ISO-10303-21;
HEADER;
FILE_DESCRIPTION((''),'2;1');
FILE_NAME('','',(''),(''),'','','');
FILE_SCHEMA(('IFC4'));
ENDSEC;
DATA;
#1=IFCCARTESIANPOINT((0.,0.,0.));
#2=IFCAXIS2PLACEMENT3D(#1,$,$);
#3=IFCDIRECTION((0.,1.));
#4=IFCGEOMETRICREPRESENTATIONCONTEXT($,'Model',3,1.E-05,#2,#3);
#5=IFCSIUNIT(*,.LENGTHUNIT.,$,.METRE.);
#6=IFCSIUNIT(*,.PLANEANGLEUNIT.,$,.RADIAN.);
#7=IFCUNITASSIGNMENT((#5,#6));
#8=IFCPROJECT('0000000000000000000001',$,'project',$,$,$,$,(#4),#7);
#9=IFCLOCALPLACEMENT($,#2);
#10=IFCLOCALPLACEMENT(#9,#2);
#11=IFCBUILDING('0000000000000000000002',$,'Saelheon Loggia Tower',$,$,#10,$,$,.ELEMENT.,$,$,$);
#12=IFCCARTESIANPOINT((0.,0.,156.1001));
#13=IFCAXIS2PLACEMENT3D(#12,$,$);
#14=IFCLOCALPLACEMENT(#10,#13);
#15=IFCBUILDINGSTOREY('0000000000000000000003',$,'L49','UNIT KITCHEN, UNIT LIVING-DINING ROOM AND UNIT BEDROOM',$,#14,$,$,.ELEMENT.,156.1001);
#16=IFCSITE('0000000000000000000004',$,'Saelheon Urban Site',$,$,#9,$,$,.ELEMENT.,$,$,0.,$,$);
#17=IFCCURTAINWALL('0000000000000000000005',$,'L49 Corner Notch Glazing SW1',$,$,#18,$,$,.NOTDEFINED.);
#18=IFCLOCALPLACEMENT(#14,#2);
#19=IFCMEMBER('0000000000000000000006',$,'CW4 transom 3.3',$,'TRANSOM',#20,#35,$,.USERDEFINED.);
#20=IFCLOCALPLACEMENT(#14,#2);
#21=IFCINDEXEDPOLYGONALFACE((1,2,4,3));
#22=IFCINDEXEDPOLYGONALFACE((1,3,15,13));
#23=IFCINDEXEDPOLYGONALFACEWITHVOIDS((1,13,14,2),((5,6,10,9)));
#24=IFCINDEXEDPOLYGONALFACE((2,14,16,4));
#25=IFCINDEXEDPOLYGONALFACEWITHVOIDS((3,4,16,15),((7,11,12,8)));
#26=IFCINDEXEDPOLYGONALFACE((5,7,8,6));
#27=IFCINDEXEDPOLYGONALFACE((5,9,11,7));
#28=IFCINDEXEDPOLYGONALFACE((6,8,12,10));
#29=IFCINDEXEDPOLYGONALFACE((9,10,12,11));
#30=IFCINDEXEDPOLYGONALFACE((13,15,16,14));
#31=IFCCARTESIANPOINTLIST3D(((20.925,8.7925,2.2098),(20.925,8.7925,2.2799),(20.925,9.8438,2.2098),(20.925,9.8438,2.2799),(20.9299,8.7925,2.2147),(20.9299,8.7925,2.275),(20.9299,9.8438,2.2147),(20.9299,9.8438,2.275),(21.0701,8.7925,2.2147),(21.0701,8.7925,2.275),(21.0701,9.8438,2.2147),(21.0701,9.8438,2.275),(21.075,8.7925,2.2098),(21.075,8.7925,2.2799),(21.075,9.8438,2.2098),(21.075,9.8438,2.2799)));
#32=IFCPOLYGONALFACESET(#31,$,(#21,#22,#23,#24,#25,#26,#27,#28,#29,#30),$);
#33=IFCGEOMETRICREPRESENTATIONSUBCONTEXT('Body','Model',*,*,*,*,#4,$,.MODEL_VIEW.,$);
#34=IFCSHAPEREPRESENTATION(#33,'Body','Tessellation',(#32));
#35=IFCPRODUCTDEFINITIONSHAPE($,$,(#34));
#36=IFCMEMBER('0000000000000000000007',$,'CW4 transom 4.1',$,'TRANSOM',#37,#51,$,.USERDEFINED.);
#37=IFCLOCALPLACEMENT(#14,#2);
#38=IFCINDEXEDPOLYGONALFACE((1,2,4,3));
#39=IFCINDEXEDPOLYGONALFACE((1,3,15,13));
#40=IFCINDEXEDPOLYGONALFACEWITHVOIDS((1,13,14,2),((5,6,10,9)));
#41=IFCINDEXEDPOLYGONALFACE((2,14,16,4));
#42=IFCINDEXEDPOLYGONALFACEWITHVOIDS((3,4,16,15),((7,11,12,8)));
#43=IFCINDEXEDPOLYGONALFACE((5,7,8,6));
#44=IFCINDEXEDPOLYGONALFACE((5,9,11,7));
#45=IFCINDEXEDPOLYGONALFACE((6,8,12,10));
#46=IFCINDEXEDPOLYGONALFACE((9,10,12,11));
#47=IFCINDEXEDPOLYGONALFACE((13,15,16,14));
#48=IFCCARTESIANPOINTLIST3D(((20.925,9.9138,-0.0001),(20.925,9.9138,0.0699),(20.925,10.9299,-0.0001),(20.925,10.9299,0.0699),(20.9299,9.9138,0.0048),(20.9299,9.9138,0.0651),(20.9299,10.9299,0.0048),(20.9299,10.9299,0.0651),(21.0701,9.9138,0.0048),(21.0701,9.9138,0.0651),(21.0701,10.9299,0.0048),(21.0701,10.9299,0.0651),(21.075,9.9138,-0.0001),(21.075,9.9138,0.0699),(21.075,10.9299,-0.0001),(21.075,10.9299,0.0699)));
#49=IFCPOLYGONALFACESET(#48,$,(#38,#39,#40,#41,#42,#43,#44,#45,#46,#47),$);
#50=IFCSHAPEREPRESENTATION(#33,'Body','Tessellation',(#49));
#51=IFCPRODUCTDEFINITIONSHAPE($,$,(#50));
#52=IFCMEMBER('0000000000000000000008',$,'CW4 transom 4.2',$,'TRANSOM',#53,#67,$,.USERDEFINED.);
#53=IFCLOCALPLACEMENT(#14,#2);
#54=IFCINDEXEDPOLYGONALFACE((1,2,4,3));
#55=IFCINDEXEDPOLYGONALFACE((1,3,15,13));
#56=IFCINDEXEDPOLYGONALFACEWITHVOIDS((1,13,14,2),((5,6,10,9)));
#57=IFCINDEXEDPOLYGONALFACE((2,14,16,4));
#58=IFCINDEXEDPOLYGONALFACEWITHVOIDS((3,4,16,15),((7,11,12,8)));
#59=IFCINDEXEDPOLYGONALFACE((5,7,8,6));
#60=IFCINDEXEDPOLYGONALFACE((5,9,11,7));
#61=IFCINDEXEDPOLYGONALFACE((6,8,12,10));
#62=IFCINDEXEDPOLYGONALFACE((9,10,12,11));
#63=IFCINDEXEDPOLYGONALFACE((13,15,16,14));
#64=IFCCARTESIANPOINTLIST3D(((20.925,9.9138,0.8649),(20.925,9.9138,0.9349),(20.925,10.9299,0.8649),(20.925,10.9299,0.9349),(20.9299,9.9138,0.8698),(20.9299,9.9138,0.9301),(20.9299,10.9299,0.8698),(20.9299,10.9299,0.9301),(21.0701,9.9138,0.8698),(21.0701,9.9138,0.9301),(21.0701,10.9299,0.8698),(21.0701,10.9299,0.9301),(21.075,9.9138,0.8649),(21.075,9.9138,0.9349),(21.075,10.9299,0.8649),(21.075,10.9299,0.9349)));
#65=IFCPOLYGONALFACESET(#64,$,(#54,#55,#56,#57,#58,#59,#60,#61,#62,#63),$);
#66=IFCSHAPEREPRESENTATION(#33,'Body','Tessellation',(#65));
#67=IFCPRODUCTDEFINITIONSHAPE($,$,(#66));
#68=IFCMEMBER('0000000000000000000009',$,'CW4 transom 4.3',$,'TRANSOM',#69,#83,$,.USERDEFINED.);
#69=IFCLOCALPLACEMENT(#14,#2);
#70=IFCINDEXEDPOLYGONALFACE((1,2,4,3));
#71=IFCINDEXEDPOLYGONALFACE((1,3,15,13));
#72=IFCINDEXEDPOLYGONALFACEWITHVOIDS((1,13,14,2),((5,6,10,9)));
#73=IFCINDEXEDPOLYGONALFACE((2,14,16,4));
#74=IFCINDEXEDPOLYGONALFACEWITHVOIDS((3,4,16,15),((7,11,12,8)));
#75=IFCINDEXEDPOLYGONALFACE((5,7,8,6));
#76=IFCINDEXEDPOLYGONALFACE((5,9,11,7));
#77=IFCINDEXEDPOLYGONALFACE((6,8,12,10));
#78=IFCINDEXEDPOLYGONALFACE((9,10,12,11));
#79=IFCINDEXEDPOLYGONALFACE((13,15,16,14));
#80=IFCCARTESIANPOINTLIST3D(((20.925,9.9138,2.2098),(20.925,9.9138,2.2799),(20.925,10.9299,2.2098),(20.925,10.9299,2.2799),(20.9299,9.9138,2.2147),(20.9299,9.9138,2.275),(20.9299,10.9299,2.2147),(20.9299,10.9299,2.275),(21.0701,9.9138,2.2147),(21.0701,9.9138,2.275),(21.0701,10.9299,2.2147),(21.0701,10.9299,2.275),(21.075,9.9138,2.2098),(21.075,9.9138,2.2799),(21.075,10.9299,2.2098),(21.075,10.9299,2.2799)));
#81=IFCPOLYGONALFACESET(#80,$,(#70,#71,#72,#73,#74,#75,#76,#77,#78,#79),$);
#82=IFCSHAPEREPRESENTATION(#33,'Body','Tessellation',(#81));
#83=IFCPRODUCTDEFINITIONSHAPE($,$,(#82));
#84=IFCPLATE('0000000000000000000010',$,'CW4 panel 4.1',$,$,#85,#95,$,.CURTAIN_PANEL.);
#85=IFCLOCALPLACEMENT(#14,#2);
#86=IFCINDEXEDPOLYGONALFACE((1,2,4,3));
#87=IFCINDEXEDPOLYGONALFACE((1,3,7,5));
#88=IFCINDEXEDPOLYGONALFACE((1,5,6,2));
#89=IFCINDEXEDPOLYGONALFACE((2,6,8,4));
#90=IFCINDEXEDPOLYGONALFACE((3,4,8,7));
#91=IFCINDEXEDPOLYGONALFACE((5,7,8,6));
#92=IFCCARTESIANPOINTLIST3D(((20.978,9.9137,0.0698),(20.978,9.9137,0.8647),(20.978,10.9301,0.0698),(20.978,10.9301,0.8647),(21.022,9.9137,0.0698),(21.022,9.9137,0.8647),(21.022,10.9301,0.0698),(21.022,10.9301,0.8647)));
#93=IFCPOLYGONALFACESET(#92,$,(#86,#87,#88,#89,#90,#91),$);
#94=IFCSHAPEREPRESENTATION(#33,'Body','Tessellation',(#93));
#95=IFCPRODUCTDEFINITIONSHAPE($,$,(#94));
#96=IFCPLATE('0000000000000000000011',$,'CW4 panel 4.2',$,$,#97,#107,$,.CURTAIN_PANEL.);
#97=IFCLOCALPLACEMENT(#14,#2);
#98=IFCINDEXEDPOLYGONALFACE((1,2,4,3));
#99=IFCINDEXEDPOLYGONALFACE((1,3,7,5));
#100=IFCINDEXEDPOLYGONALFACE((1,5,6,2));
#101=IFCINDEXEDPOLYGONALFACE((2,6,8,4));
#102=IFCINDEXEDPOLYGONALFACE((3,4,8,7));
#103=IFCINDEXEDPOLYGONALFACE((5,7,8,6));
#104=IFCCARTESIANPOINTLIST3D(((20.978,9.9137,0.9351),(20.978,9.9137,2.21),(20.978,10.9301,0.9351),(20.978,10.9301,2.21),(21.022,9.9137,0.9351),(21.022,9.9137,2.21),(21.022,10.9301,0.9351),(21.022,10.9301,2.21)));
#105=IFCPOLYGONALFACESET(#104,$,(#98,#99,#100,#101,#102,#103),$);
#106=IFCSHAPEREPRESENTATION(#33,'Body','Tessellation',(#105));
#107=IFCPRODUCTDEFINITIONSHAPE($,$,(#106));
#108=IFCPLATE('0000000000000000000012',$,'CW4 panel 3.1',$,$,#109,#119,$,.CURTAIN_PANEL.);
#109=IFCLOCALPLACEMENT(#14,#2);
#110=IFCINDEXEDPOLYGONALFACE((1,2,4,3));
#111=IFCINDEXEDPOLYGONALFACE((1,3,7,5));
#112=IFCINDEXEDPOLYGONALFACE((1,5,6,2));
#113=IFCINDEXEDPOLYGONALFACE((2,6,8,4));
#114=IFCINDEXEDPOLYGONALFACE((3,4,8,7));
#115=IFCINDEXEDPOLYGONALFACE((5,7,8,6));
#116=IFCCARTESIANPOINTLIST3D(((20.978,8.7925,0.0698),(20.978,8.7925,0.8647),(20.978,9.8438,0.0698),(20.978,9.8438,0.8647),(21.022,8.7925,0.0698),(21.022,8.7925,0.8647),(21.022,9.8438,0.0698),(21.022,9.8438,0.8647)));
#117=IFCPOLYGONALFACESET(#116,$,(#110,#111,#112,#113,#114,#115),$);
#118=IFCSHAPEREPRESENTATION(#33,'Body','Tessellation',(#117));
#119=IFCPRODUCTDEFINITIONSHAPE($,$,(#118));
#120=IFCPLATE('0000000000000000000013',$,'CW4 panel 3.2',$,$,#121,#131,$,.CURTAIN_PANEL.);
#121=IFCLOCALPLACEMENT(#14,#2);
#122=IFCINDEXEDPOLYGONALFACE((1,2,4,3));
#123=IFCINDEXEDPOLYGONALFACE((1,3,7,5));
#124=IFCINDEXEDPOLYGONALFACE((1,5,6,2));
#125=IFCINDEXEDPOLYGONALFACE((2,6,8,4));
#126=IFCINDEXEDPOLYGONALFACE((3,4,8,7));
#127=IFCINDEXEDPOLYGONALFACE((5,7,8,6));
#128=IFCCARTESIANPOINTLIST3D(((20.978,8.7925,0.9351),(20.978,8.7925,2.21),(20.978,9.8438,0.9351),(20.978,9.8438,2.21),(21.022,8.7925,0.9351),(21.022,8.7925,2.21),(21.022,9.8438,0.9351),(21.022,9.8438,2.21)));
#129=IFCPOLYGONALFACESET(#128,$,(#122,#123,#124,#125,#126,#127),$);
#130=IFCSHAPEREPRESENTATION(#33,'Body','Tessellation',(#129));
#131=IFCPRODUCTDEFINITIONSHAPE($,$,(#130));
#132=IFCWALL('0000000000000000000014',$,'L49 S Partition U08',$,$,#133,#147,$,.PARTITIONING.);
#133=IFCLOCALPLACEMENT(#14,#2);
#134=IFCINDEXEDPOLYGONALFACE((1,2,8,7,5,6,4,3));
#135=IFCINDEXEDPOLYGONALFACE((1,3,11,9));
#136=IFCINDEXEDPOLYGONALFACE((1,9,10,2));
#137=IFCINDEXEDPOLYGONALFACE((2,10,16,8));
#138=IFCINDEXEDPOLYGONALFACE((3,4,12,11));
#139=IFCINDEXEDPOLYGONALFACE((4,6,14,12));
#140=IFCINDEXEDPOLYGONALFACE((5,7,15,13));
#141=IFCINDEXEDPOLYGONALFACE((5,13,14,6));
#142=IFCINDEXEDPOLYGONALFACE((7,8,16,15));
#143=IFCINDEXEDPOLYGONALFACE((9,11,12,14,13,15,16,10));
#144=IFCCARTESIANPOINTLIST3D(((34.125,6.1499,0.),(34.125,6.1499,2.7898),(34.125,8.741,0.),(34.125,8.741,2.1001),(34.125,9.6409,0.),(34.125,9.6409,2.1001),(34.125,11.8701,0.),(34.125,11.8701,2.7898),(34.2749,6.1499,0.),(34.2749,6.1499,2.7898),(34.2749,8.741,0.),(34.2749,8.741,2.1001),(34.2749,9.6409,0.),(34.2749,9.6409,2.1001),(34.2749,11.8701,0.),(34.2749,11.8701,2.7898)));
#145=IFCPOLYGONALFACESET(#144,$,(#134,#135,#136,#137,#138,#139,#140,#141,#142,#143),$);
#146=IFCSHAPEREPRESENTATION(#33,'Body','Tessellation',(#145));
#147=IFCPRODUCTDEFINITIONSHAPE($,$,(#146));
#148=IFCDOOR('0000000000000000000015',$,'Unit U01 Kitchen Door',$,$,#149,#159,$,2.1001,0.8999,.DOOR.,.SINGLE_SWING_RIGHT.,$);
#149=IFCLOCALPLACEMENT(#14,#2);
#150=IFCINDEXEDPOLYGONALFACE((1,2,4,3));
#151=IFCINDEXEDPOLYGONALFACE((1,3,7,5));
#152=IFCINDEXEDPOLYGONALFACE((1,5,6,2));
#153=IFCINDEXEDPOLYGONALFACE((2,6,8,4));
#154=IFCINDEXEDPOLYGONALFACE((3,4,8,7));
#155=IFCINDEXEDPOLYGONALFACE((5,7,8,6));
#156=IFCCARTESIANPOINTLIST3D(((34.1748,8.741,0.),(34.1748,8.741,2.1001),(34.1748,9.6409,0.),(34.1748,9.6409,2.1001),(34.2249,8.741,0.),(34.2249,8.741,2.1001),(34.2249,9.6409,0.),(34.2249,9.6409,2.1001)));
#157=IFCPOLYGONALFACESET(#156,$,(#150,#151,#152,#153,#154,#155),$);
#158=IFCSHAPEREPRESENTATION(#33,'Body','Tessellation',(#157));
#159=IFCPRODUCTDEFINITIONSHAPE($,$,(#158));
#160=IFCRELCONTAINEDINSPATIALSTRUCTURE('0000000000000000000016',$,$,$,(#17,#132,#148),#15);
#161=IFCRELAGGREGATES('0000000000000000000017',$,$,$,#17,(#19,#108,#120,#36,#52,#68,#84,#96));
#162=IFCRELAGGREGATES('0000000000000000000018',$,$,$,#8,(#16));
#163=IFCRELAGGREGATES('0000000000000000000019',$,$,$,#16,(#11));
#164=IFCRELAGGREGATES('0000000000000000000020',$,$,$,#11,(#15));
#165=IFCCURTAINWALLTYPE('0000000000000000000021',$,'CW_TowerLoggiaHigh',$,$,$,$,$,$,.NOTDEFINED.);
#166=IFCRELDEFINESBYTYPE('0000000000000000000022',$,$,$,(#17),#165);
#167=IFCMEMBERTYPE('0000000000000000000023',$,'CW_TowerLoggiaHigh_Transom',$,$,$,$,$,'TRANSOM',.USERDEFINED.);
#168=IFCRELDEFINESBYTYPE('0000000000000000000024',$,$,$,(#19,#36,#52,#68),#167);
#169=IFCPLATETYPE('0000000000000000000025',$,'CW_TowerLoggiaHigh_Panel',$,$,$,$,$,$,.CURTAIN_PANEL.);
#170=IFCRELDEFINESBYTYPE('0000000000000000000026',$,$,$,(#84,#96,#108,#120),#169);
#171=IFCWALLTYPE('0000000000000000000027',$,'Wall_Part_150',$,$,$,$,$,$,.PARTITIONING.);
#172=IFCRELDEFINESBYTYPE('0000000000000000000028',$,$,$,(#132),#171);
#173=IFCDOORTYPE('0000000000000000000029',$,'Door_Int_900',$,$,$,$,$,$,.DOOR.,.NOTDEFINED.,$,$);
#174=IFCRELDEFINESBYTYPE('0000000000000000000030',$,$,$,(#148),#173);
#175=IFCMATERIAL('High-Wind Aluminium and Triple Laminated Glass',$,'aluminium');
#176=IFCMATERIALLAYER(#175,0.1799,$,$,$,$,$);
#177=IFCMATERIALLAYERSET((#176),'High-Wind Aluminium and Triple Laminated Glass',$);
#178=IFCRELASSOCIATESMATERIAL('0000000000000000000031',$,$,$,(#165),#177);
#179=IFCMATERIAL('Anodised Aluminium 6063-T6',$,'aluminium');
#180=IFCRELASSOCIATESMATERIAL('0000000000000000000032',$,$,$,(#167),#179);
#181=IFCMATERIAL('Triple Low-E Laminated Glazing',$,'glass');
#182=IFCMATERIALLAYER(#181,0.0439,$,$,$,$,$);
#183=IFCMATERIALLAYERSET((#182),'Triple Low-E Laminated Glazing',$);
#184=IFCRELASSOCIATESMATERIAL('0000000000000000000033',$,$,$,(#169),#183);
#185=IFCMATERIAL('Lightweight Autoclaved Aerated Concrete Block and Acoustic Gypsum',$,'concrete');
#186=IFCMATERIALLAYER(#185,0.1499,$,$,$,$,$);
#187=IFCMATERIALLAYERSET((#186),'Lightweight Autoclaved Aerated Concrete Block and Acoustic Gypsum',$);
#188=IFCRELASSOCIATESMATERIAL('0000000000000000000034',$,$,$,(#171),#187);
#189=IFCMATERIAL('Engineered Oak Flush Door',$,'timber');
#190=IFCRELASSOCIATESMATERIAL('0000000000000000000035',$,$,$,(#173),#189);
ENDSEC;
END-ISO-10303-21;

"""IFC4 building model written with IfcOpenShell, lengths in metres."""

from ifc_helpers import new_model, si_unit, direction, frame, frame_2d, origin, origin_2d, place, context, subcontext, project, spatial, rectangle, hollow_rectangle, extrude, source, transform, mapped, material, layer, layer_set, material_profile, profile_set, type_object, element, fill, aggregate, save


model = new_model("IFC4")

# Units and contexts
model_context = context("Model", 3, precision=1e-05, world=origin(), true_north=direction((0.0, 1.0)))
body_context = subcontext(model_context, "Body", "Model", "MODEL_VIEW")
ifc_project = project(units=[si_unit("LENGTHUNIT", "METRE"), si_unit("PLANEANGLEUNIT", "RADIAN")], contexts=[model_context])

# Site, building, storey
site_placement = place(None, origin())
site = spatial("IfcSite", under=ifc_project, at=site_placement, Name="Saelheon Urban Site", CompositionType="ELEMENT", RefElevation=0.0)
building_placement = place(site_placement, origin())
building = spatial("IfcBuilding", under=site, at=building_placement, Name="Saelheon Loggia Tower", CompositionType="ELEMENT")
storey_placement = place(building_placement, frame((0.0, 0.0, 156.1001)))
storey = spatial("IfcBuildingStorey", under=building, at=storey_placement, Name="L49", Description="UNIT KITCHEN, UNIT LIVING-DINING ROOM AND UNIT BEDROOM", CompositionType="ELEMENT", Elevation=156.1001)

# Curtain wall, members, plates
ifc_material_1 = material(Name="High-Wind Aluminium and Triple Laminated Glass", Category="aluminium")
ifc_layer_1 = layer(ifc_material_1, 0.1799)
ifc_layer_set_1 = layer_set([ifc_layer_1], Name="High-Wind Aluminium and Triple Laminated Glass")
curtain_wall_type = type_object("IfcCurtainWallType", Name="CW_TowerLoggiaHigh", PredefinedType="NOTDEFINED", material=ifc_layer_set_1)
curtain_wall_placement = place(storey_placement, origin())
curtain_wall = element("IfcCurtainWall", 1, at=curtain_wall_placement, inside=storey, type_object=curtain_wall_type, Name="L49 Corner Notch Glazing SW1", PredefinedType="NOTDEFINED")
ifc_material_2 = material(Name="Anodised Aluminium 6063-T6", Category="aluminium")
ifc_material_profile_1 = material_profile(ifc_material_2, hollow_rectangle(XDim=0.0701, YDim=0.1499, WallThickness=0.0049, at=origin_2d()), Name="RHS-150x70x5")
ifc_profile_set_1 = profile_set([ifc_material_profile_1], Name="Anodised Aluminium 6063-T6")
member_type_1 = type_object("IfcMemberType", Name="CW_TowerLoggiaHigh_Transom", ElementType="TRANSOM", PredefinedType="USERDEFINED", material=ifc_profile_set_1)
shared_shape_1 = source(origin(), body_context, "Body", "SweptSolid", [
    extrude(hollow_rectangle(XDim=0.0701, YDim=0.1499, WallThickness=0.0049, at=origin_2d()), origin(), (0.0, 0.0, 1.0), 1.0513),
])
member_1_placement = place(storey_placement, frame((21.0, 8.7925, 2.2449), z_axis=(0.0, 1.0, 0.0), x_axis=(0.0, 0.0, 1.0)))
member_1 = element("IfcMember", 2, at=member_1_placement, type_object=member_type_1, Name="CW4 transom 3.3", ObjectType="TRANSOM", PredefinedType="USERDEFINED", context=body_context, shape_type="MappedRepresentation", body=[
    mapped(shared_shape_1, transform((0.0, 0.0, 0.0), scale=1.0)),
])
shared_shape_2 = source(origin(), body_context, "Body", "SweptSolid", [
    extrude(hollow_rectangle(XDim=0.0701, YDim=0.1499, WallThickness=0.0049, at=origin_2d()), origin(), (0.0, 0.0, 1.0), 1.0161),
])
member_2_placement = place(storey_placement, frame((21.0, 9.9138, 0.0349), z_axis=(0.0, 1.0, 0.0), x_axis=(0.0, 0.0, 1.0)))
member_2 = element("IfcMember", 3, at=member_2_placement, type_object=member_type_1, Name="CW4 transom 4.1", ObjectType="TRANSOM", PredefinedType="USERDEFINED", context=body_context, shape_type="MappedRepresentation", body=[
    mapped(shared_shape_2, transform((0.0, 0.0, 0.0), scale=1.0)),
])
member_3_placement = place(storey_placement, frame((21.0, 9.9138, 0.8999), z_axis=(0.0, 1.0, 0.0), x_axis=(0.0, 0.0, 1.0)))
member_3 = element("IfcMember", 4, at=member_3_placement, type_object=member_type_1, Name="CW4 transom 4.2", ObjectType="TRANSOM", PredefinedType="USERDEFINED", context=body_context, shape_type="MappedRepresentation", body=[
    mapped(shared_shape_2, transform((0.0, 0.0, 0.0), scale=1.0)),
])
member_4_placement = place(storey_placement, frame((21.0, 9.9138, 2.2449), z_axis=(0.0, 1.0, 0.0), x_axis=(0.0, 0.0, 1.0)))
member_4 = element("IfcMember", 5, at=member_4_placement, type_object=member_type_1, Name="CW4 transom 4.3", ObjectType="TRANSOM", PredefinedType="USERDEFINED", context=body_context, shape_type="MappedRepresentation", body=[
    mapped(shared_shape_2, transform((0.0, 0.0, 0.0), scale=1.0)),
])
ifc_material_3 = material(Name="Triple Low-E Laminated Glazing", Category="glass")
ifc_layer_2 = layer(ifc_material_3, 0.0439)
ifc_layer_set_2 = layer_set([ifc_layer_2], Name="Triple Low-E Laminated Glazing")
plate_type = type_object("IfcPlateType", Name="CW_TowerLoggiaHigh_Panel", PredefinedType="CURTAIN_PANEL", material=ifc_layer_set_2)
shared_shape_3 = source(origin(), body_context, "Body", "SweptSolid", [
    extrude(rectangle(XDim=1.0164, YDim=0.0439, at=origin_2d()), origin(), (0.0, 0.0, 1.0), 0.7949),
])
plate_1_placement = place(storey_placement, frame((21.0, 10.4219, 0.0698), z_axis=(0.0, 0.0, 1.0), x_axis=(0.0, 1.0, 0.0)))
plate_1 = element("IfcPlate", 6, at=plate_1_placement, type_object=plate_type, Name="CW4 panel 4.1", PredefinedType="CURTAIN_PANEL", context=body_context, shape_type="MappedRepresentation", body=[
    mapped(shared_shape_3, transform((0.0, 0.0, 0.0), scale=1.0)),
])
shared_shape_4 = source(origin(), body_context, "Body", "SweptSolid", [
    extrude(rectangle(XDim=1.0164, YDim=0.0439, at=origin_2d()), origin(), (0.0, 0.0, 1.0), 1.2749),
])
plate_2_placement = place(storey_placement, frame((21.0, 10.4219, 0.9351), z_axis=(0.0, 0.0, 1.0), x_axis=(0.0, 1.0, 0.0)))
plate_2 = element("IfcPlate", 7, at=plate_2_placement, type_object=plate_type, Name="CW4 panel 4.2", PredefinedType="CURTAIN_PANEL", context=body_context, shape_type="MappedRepresentation", body=[
    mapped(shared_shape_4, transform((0.0, 0.0, 0.0), scale=1.0)),
])
shared_shape_5 = source(origin(), body_context, "Body", "SweptSolid", [
    extrude(rectangle(XDim=1.0513, YDim=0.0439, at=origin_2d()), origin(), (0.0, 0.0, 1.0), 0.7949),
])
plate_3_placement = place(storey_placement, frame((21.0, 9.3181, 0.0698), z_axis=(0.0, 0.0, 1.0), x_axis=(0.0, 1.0, 0.0)))
plate_3 = element("IfcPlate", 8, at=plate_3_placement, type_object=plate_type, Name="CW4 panel 3.1", PredefinedType="CURTAIN_PANEL", context=body_context, shape_type="MappedRepresentation", body=[
    mapped(shared_shape_5, transform((0.0, 0.0, 0.0), scale=1.0)),
])
shared_shape_6 = source(origin(), body_context, "Body", "SweptSolid", [
    extrude(rectangle(XDim=1.0513, YDim=0.0439, at=origin_2d()), origin(), (0.0, 0.0, 1.0), 1.2749),
])
plate_4_placement = place(storey_placement, frame((21.0, 9.3181, 0.9351), z_axis=(0.0, 0.0, 1.0), x_axis=(0.0, 1.0, 0.0)))
plate_4 = element("IfcPlate", 9, at=plate_4_placement, type_object=plate_type, Name="CW4 panel 3.2", PredefinedType="CURTAIN_PANEL", context=body_context, shape_type="MappedRepresentation", body=[
    mapped(shared_shape_6, transform((0.0, 0.0, 0.0), scale=1.0)),
])
aggregate(curtain_wall, [member_1, plate_3, plate_4, member_2, member_3, member_4, plate_1, plate_2])

# Wall, opening, door
ifc_material_4 = material(Name="Lightweight Autoclaved Aerated Concrete Block and Acoustic Gypsum", Category="concrete")
ifc_layer_3 = layer(ifc_material_4, 0.1499)
ifc_layer_set_3 = layer_set([ifc_layer_3], Name="Lightweight Autoclaved Aerated Concrete Block and Acoustic Gypsum")
wall_type_1 = type_object("IfcWallType", Name="Wall_Part_150", PredefinedType="PARTITIONING", material=ifc_layer_set_3)
wall_1_placement = place(storey_placement, frame((34.2, 11.8701, 0.0), z_axis=(0.0, 0.0, 1.0), x_axis=(0.0, -1.0, 0.0)))
wall_1 = element("IfcWall", 10, at=wall_1_placement, inside=storey, type_object=wall_type_1, Name="L49 S Partition U08", PredefinedType="PARTITIONING", context=body_context, shape_type="SweptSolid", body=[
    extrude(rectangle(XDim=5.7202, YDim=0.1499, at=frame_2d((2.8601, 0.0))), origin(), (0.0, 0.0, 1.0), 2.7898),
])
opening_1_placement = place(wall_1_placement, frame((2.2292, 0.0, 0.0)))
opening_1 = element("IfcOpeningElement", 11, at=opening_1_placement, cuts=wall_1, PredefinedType="OPENING", context=body_context, shape_type="SweptSolid", body=[
    extrude(rectangle(XDim=0.8999, YDim=2.1001, at=frame_2d((0.45, 1.05))), frame((0.0, 0.0869, 0.0), z_axis=(0.0, -1.0, 0.0), x_axis=(1.0, 0.0, 0.0)), (0.0, 0.0, 1.0), 0.1738),
])
ifc_material_5 = material(Name="Engineered Oak Flush Door", Category="timber")
door_type = type_object("IfcDoorType", Name="Door_Int_900", OperationType="NOTDEFINED", PredefinedType="DOOR", material=ifc_material_5)
shared_shape_7 = source(origin(), body_context, "Body", "SweptSolid", [
    extrude(rectangle(XDim=0.8999, YDim=2.1001, at=frame_2d((0.45, 1.05))), frame((0.0, 0.0249, 0.0), z_axis=(0.0, -1.0, 0.0), x_axis=(1.0, 0.0, 0.0)), (0.0, 0.0, 1.0), 0.05),
])
door_1_placement = place(opening_1_placement, origin())
door_1 = element("IfcDoor", 12, at=door_1_placement, inside=storey, type_object=door_type, Name="Unit U01 Kitchen Door", OperationType="SINGLE_SWING_RIGHT", OverallHeight=2.1001, OverallWidth=0.8999, PredefinedType="DOOR", context=body_context, shape_type="MappedRepresentation", body=[
    mapped(shared_shape_7, transform((0.0, 0.0, 0.0), scale=1.0)),
])
fill(opening_1, door_1)

save(model, "model.ifc")
